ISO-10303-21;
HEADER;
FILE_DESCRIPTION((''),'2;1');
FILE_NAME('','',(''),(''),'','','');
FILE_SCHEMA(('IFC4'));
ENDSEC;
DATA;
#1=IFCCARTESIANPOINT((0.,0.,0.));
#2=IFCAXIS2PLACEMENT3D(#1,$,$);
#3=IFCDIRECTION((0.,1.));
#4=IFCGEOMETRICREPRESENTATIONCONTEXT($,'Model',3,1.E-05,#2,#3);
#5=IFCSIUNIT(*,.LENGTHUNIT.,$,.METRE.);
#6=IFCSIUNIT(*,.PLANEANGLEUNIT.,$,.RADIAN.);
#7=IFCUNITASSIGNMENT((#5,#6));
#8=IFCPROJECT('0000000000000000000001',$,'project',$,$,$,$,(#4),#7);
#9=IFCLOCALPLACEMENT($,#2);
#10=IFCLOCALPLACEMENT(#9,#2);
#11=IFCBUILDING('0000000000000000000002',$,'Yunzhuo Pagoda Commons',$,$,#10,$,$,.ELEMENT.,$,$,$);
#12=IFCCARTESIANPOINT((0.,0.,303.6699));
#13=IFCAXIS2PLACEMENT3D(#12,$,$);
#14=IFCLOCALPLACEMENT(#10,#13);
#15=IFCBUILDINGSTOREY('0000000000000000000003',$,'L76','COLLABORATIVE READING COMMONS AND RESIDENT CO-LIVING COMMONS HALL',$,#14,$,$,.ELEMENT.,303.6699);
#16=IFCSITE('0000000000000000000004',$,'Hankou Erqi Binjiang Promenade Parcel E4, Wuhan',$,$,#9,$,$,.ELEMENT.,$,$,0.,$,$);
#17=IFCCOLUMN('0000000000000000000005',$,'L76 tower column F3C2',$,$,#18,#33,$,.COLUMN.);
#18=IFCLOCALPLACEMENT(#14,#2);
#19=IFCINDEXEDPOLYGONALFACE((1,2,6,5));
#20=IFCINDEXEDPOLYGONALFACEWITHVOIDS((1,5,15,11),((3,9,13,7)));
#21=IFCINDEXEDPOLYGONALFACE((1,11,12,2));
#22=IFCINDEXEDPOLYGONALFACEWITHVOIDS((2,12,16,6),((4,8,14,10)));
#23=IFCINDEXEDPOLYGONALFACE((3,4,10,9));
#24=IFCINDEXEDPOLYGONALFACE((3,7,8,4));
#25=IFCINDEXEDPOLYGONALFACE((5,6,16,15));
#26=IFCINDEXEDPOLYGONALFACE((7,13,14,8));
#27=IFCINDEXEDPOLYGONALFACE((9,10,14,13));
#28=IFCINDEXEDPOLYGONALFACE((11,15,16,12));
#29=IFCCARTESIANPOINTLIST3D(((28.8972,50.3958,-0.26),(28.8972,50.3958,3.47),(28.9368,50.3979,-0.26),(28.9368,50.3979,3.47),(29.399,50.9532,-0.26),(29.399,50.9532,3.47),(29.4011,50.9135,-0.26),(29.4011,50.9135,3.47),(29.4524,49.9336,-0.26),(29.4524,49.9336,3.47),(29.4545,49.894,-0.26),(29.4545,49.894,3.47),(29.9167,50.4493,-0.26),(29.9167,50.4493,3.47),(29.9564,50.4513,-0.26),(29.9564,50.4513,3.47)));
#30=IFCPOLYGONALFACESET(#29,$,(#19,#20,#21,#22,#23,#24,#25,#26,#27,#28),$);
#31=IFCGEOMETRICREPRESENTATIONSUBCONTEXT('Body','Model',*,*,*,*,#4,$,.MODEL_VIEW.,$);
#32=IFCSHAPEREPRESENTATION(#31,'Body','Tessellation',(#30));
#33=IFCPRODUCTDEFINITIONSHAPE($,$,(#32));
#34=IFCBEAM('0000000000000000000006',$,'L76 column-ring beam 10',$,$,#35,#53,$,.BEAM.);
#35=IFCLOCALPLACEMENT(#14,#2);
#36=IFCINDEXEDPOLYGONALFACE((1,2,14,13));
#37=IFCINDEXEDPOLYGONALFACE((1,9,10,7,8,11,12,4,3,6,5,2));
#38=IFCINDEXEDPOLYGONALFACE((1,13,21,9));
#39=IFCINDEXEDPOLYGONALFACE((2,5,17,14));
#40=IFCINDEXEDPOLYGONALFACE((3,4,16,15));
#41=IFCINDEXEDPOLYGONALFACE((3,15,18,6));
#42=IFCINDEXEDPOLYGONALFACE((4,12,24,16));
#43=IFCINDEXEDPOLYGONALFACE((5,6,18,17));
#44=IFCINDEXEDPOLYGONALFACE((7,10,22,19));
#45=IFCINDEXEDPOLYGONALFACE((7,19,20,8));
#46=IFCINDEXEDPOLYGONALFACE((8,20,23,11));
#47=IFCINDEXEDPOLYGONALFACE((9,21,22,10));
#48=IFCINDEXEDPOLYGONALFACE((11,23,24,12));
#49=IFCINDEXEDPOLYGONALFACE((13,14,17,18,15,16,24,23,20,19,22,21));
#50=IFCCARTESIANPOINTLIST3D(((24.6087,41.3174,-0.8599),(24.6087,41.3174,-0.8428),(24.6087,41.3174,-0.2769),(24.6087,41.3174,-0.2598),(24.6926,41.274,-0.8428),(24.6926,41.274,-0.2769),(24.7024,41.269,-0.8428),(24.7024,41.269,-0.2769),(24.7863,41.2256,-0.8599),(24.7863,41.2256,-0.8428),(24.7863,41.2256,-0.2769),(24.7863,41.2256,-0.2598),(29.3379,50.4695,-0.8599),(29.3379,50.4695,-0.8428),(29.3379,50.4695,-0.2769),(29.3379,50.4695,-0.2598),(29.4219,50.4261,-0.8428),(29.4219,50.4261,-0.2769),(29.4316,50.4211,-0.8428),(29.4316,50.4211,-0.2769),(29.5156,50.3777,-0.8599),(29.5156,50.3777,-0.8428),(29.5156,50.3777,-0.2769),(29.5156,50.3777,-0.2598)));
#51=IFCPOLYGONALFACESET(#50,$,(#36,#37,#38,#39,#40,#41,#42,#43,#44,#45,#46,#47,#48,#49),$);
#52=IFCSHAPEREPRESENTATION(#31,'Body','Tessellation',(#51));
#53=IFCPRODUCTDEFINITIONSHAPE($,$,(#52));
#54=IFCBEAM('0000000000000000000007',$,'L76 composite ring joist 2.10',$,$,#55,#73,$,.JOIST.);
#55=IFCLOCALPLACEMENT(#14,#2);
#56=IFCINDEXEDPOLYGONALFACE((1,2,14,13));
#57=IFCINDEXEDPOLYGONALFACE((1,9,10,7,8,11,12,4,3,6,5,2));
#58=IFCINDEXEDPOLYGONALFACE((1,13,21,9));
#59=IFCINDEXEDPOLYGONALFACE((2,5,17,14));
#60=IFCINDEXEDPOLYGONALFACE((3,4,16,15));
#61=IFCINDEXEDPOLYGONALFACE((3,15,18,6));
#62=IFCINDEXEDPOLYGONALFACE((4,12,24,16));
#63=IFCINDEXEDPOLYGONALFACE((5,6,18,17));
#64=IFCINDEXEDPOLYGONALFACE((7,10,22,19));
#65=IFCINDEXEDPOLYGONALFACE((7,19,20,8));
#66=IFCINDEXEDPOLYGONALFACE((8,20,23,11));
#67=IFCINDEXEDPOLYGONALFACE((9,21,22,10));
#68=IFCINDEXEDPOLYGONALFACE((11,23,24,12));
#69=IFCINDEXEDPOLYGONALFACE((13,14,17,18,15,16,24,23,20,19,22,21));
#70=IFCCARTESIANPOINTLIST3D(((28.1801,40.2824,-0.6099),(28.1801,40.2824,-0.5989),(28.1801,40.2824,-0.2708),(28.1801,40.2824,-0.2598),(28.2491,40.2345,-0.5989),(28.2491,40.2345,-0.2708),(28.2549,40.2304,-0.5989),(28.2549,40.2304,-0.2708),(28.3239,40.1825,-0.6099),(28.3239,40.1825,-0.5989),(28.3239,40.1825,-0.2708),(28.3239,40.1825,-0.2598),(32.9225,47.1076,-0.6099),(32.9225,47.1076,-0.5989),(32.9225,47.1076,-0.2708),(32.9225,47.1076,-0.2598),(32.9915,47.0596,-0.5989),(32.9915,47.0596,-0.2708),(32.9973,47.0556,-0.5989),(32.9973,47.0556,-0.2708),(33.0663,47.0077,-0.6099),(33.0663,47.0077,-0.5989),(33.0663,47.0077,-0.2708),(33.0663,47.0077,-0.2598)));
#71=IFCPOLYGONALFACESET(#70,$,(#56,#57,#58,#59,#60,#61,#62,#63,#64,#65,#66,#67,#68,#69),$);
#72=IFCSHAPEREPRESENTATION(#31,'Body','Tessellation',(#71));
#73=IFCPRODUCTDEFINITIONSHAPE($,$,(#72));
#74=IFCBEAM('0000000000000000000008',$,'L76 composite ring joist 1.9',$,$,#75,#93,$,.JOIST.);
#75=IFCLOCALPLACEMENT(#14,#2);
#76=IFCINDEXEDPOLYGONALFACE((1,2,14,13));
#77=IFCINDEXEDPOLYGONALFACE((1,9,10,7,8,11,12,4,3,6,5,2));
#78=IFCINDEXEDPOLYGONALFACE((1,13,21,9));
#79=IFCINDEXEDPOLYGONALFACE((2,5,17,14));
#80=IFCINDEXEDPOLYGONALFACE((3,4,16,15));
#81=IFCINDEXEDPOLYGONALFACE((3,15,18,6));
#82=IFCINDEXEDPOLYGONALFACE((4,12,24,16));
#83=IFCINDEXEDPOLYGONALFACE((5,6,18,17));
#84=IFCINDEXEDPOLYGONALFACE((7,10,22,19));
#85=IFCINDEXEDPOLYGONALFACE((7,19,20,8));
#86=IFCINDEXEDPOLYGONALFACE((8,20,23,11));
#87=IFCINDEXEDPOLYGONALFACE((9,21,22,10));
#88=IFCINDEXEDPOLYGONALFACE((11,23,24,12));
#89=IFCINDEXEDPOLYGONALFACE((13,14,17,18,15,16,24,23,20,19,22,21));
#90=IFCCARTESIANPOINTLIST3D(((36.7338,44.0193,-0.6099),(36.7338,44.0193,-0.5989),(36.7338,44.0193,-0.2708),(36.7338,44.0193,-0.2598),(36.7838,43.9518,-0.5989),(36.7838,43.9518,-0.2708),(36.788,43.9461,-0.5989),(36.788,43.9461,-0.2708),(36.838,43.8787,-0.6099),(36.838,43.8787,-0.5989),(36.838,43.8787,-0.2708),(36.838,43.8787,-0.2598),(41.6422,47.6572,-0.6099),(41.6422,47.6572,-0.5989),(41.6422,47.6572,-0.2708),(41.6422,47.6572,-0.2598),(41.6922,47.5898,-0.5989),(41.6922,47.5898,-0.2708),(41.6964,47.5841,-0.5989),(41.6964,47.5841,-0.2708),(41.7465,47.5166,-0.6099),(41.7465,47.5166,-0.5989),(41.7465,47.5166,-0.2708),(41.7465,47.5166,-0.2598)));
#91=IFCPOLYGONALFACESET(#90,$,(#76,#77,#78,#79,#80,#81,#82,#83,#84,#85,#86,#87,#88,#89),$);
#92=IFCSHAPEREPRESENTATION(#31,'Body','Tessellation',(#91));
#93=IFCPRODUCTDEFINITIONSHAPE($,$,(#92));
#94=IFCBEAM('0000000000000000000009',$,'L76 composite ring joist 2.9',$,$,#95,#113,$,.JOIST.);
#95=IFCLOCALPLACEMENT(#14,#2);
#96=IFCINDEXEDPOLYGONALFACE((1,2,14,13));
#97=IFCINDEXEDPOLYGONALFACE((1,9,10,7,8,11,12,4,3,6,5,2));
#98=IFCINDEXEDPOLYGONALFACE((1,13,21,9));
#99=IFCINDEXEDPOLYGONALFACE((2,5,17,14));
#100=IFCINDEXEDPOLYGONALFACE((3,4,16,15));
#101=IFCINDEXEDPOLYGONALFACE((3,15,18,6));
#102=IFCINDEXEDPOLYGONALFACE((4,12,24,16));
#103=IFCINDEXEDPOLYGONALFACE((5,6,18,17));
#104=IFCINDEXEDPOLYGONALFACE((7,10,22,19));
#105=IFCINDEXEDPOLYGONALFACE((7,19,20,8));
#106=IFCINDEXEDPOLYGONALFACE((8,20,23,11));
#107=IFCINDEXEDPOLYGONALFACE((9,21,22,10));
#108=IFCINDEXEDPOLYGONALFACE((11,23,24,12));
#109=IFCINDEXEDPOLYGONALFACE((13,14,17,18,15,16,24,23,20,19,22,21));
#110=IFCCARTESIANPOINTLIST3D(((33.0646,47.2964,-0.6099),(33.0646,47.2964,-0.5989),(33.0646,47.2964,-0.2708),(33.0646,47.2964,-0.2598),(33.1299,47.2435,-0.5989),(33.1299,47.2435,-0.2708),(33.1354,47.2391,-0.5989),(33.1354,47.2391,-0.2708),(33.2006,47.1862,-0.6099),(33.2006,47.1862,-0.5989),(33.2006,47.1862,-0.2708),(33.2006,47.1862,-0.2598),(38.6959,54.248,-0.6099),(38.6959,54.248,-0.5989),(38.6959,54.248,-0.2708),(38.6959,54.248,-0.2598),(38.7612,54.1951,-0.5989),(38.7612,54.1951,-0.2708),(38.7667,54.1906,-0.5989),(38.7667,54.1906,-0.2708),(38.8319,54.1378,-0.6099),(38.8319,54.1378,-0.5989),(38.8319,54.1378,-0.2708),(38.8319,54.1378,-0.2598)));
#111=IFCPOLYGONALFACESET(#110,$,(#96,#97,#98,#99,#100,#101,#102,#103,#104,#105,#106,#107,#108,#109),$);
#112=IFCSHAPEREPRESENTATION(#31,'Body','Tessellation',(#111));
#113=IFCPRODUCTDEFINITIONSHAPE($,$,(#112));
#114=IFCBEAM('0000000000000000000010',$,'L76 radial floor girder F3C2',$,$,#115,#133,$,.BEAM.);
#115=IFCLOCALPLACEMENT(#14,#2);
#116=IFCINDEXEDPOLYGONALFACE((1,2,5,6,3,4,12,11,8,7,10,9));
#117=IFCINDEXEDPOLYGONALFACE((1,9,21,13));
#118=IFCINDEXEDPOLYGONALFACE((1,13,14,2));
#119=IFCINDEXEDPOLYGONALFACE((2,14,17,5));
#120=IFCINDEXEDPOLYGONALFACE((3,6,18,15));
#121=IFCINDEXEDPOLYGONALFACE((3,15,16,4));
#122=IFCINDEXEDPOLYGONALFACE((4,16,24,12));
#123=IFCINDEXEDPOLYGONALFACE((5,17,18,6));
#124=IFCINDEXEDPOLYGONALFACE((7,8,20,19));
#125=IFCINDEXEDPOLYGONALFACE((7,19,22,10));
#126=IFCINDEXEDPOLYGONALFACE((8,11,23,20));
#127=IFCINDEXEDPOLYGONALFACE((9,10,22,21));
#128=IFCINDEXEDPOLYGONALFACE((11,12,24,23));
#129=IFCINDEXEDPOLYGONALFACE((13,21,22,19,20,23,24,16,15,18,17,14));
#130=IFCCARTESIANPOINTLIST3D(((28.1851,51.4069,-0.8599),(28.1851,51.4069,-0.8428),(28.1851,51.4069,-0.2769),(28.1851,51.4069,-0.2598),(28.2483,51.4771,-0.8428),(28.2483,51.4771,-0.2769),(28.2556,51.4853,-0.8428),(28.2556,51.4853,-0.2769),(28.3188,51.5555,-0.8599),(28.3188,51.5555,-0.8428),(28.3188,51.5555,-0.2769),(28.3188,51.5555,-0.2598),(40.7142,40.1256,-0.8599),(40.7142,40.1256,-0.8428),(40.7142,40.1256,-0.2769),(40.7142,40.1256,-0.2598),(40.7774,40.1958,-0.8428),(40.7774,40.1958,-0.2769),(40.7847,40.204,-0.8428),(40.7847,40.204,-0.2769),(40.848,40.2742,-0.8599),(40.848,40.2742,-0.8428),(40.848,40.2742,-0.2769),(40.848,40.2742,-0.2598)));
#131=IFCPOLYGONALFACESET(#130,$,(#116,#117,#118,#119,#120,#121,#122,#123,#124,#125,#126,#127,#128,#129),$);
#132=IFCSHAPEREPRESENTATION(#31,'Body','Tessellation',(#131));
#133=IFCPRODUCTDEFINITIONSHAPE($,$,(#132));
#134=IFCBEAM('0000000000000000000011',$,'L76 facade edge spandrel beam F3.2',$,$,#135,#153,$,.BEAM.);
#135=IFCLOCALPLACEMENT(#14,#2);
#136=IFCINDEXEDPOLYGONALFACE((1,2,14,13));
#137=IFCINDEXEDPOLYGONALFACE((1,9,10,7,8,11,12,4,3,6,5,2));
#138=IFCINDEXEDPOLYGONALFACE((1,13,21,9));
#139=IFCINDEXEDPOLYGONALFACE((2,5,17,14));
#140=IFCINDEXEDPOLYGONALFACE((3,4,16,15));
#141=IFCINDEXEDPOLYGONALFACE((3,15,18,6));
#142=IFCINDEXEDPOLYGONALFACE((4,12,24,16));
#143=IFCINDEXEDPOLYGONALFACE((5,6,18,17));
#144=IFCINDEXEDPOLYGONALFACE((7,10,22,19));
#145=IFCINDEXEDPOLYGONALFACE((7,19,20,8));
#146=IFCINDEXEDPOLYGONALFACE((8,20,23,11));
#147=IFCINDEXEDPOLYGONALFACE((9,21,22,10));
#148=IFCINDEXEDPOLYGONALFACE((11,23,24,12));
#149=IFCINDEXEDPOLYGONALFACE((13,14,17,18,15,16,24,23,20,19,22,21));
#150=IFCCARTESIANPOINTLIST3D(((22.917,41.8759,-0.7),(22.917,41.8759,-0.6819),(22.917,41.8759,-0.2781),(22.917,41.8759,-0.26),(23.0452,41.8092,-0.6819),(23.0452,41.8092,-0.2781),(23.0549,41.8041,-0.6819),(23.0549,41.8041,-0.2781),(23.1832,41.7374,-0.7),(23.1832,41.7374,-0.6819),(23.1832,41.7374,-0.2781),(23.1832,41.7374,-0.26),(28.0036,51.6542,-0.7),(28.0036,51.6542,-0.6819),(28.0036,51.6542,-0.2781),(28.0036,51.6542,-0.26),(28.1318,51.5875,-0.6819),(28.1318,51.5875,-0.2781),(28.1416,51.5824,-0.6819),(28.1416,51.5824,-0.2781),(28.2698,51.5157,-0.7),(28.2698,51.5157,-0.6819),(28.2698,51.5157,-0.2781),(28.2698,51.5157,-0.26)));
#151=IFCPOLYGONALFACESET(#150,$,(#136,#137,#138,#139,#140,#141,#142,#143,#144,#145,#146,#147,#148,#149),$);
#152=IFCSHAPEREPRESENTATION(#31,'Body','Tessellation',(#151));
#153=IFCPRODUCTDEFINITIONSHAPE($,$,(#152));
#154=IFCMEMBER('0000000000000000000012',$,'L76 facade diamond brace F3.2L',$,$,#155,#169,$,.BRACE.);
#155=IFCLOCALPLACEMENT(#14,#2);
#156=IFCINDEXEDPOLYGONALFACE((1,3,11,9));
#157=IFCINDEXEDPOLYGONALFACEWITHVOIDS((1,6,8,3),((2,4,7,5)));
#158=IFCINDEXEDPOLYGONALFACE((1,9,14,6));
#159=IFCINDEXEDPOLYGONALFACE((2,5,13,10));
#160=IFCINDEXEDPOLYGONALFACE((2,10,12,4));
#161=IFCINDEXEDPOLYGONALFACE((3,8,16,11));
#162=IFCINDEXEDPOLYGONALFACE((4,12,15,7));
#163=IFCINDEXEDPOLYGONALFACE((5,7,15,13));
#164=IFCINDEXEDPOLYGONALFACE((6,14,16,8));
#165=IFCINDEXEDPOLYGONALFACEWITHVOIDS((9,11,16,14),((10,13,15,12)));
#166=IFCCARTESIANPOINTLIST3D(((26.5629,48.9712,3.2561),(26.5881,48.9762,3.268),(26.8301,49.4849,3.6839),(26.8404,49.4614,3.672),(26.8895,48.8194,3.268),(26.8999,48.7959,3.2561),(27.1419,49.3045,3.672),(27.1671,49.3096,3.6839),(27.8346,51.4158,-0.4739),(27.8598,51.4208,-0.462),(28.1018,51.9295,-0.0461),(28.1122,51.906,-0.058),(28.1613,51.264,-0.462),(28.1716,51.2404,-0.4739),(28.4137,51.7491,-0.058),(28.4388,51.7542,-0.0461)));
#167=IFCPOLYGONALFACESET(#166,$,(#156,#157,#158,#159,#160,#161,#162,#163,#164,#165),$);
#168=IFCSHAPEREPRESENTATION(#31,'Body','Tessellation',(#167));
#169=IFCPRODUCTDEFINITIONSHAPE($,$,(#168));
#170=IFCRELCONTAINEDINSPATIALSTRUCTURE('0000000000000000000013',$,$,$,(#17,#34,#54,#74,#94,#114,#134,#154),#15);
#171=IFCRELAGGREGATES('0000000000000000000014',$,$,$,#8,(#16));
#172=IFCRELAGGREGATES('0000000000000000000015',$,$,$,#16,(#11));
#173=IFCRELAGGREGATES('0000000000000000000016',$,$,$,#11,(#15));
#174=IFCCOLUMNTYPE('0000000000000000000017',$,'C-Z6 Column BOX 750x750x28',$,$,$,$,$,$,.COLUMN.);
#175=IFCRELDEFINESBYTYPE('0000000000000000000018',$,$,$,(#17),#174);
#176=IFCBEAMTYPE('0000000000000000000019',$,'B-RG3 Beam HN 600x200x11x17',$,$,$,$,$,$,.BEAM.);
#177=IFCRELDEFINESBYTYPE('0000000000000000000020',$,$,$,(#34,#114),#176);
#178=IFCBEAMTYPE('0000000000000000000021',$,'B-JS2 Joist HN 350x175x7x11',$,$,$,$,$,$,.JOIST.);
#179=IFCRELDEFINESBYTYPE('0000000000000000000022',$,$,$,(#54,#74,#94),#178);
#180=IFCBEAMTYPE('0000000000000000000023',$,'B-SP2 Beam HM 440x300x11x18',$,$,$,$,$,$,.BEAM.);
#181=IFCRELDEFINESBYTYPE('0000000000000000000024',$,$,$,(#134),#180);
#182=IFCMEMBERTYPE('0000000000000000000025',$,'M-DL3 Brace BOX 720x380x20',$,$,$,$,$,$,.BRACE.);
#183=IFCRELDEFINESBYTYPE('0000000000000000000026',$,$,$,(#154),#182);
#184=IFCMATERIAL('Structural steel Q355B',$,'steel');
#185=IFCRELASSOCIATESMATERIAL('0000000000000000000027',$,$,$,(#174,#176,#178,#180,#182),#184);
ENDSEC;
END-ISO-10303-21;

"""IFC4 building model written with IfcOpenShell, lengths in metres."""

from ifc_helpers import new_model, si_unit, direction, frame, origin, origin_2d, place, context, subcontext, project, spatial, hollow_rectangle, i_section, extrude, source, transform, mapped, material, material_profile, profile_set, type_object, element, save


model = new_model("IFC4")

# Units and contexts
model_context = context("Model", 3, precision=1e-05, world=origin(), true_north=direction((0.0, 1.0)))
body_context = subcontext(model_context, "Body", "Model", "MODEL_VIEW")
ifc_project = project(units=[si_unit("LENGTHUNIT", "METRE"), si_unit("PLANEANGLEUNIT", "RADIAN")], contexts=[model_context])

# Site, building, storey
site_placement = place(None, origin())
site = spatial("IfcSite", under=ifc_project, at=site_placement, Name="Hankou Erqi Binjiang Promenade Parcel E4, Wuhan", CompositionType="ELEMENT", RefElevation=0.0)
building_placement = place(site_placement, origin())
building = spatial("IfcBuilding", under=site, at=building_placement, Name="Yunzhuo Pagoda Commons", CompositionType="ELEMENT")
storey_placement = place(building_placement, frame((0.0, 0.0, 303.6699)))
storey = spatial("IfcBuildingStorey", under=building, at=storey_placement, Name="L76", Description="COLLABORATIVE READING COMMONS AND RESIDENT CO-LIVING COMMONS HALL", CompositionType="ELEMENT", Elevation=303.6699)

# Column
ifc_material_1 = material(Name="Structural steel Q355B", Category="steel")
ifc_material_profile_1 = material_profile(ifc_material_1, hollow_rectangle(XDim=0.75, YDim=0.75, WallThickness=0.0281, at=origin_2d()), Name="Structural steel Q355B")
ifc_profile_set_1 = profile_set([ifc_material_profile_1], Name="Structural steel Q355B")
column_type = type_object("IfcColumnType", Name="C-Z6 Column BOX 750x750x28", PredefinedType="COLUMN", material=ifc_profile_set_1)
shared_shape_1 = source(origin(), body_context, "Body", "SweptSolid", [
    extrude(hollow_rectangle(XDim=0.75, YDim=0.75, WallThickness=0.0281, at=origin_2d()), origin(), (0.0, 0.0, 1.0), 3.73),
])
column_placement = place(storey_placement, frame((29.4268, 50.4236, -0.26), z_axis=(0.0, 0.0, 1.0), x_axis=(-0.669131, -0.743145, 0.0)))
element("IfcColumn", 1, at=column_placement, inside=storey, type_object=column_type, Name="L76 tower column F3C2", PredefinedType="COLUMN", context=body_context, shape_type="MappedRepresentation", body=[
    mapped(shared_shape_1, transform((0.0, 0.0, 0.0), scale=1.0)),
])

# Beams
ifc_material_profile_2 = material_profile(ifc_material_1, i_section(OverallWidth=0.2, OverallDepth=0.6001, WebThickness=0.011, FlangeThickness=0.0171, at=origin_2d()), Name="Structural steel Q355B")
ifc_profile_set_2 = profile_set([ifc_material_profile_2], Name="Structural steel Q355B")
beam_type_1 = type_object("IfcBeamType", Name="B-RG3 Beam HN 600x200x11x17", PredefinedType="BEAM", material=ifc_profile_set_2)
shared_shape_2 = source(origin(), body_context, "Body", "SweptSolid", [
    extrude(i_section(OverallWidth=0.2, OverallDepth=0.6001, WebThickness=0.011, FlangeThickness=0.0171, at=origin_2d()), origin(), (0.0, 0.0, 1.0), 10.3018),
])
beam_1_placement = place(storey_placement, frame((29.4268, 50.4236, -0.5598), z_axis=(-0.459071, -0.8884, 0.0), x_axis=(0.8884, -0.459071, 0.0)))
element("IfcBeam", 2, at=beam_1_placement, inside=storey, type_object=beam_type_1, Name="L76 column-ring beam 10", PredefinedType="BEAM", context=body_context, shape_type="MappedRepresentation", body=[
    mapped(shared_shape_2, transform((0.0, 0.0, 0.0), scale=1.0)),
])
ifc_material_profile_3 = material_profile(ifc_material_1, i_section(OverallWidth=0.175, OverallDepth=0.3501, WebThickness=0.0071, FlangeThickness=0.011, at=origin_2d()), Name="Structural steel Q355B")
ifc_profile_set_3 = profile_set([ifc_material_profile_3], Name="Structural steel Q355B")
beam_type_2 = type_object("IfcBeamType", Name="B-JS2 Joist HN 350x175x7x11", PredefinedType="JOIST", material=ifc_profile_set_3)
shared_shape_3 = source(origin(), body_context, "Body", "SweptSolid", [
    extrude(i_section(OverallWidth=0.175, OverallDepth=0.3501, WebThickness=0.0071, FlangeThickness=0.011, at=origin_2d()), origin(), (0.0, 0.0, 1.0), 8.311),
])
beam_2_placement = place(storey_placement, frame((32.9944, 47.0576, -0.4348), z_axis=(-0.570616, -0.821217, 0.0), x_axis=(0.821217, -0.570616, 0.0)))
element("IfcBeam", 3, at=beam_2_placement, inside=storey, type_object=beam_type_2, Name="L76 composite ring joist 2.10", PredefinedType="JOIST", context=body_context, shape_type="MappedRepresentation", body=[
    mapped(shared_shape_3, transform((0.0, 0.0, 0.0), scale=1.0)),
])
shared_shape_4 = source(origin(), body_context, "Body", "SweptSolid", [
    extrude(i_section(OverallWidth=0.175, OverallDepth=0.3501, WebThickness=0.0071, FlangeThickness=0.011, at=origin_2d()), origin(), (0.0, 0.0, 1.0), 6.1096),
])
beam_3_placement = place(storey_placement, frame((41.6943, 47.5869, -0.4348), z_axis=(-0.803396, -0.595444, 0.0), x_axis=(0.595444, -0.803396, 0.0)))
element("IfcBeam", 4, at=beam_3_placement, inside=storey, type_object=beam_type_2, Name="L76 composite ring joist 1.9", PredefinedType="JOIST", context=body_context, shape_type="MappedRepresentation", body=[
    mapped(shared_shape_4, transform((0.0, 0.0, 0.0), scale=1.0)),
])
shared_shape_5 = source(origin(), body_context, "Body", "SweptSolid", [
    extrude(i_section(OverallWidth=0.175, OverallDepth=0.3501, WebThickness=0.0071, FlangeThickness=0.011, at=origin_2d()), origin(), (0.0, 0.0, 1.0), 8.9463),
])
beam_4_placement = place(storey_placement, frame((38.7639, 54.1929, -0.4348), z_axis=(-0.629456, -0.777036, 0.0), x_axis=(0.777036, -0.629456, 0.0)))
element("IfcBeam", 5, at=beam_4_placement, inside=storey, type_object=beam_type_2, Name="L76 composite ring joist 2.9", PredefinedType="JOIST", context=body_context, shape_type="MappedRepresentation", body=[
    mapped(shared_shape_5, transform((0.0, 0.0, 0.0), scale=1.0)),
])
shared_shape_6 = source(origin(), body_context, "Body", "SweptSolid", [
    extrude(i_section(OverallWidth=0.2, OverallDepth=0.6001, WebThickness=0.011, FlangeThickness=0.0171, at=origin_2d()), origin(), (0.0, 0.0, 1.0), 16.8596),
])
beam_5_placement = place(storey_placement, frame((28.252, 51.4812, -0.5598), z_axis=(0.743144, -0.669132, 0.0), x_axis=(0.669132, 0.743144, 0.0)))
element("IfcBeam", 6, at=beam_5_placement, inside=storey, type_object=beam_type_1, Name="L76 radial floor girder F3C2", PredefinedType="BEAM", context=body_context, shape_type="MappedRepresentation", body=[
    mapped(shared_shape_6, transform((0.0, 0.0, 0.0), scale=1.0)),
])
ifc_material_profile_4 = material_profile(ifc_material_1, i_section(OverallWidth=0.3, OverallDepth=0.4399, WebThickness=0.011, FlangeThickness=0.0181, at=origin_2d()), Name="Structural steel Q355B")
ifc_profile_set_4 = profile_set([ifc_material_profile_4], Name="Structural steel Q355B")
beam_type_3 = type_object("IfcBeamType", Name="B-SP2 Beam HM 440x300x11x18", PredefinedType="BEAM", material=ifc_profile_set_4)
shared_shape_7 = source(origin(), body_context, "Body", "SweptSolid", [
    extrude(i_section(OverallWidth=0.3, OverallDepth=0.4399, WebThickness=0.011, FlangeThickness=0.0181, at=origin_2d()), origin(), (0.0, 0.0, 1.0), 11.0222),
])
beam_6_placement = place(storey_placement, frame((28.1367, 51.585, -0.48), z_axis=(-0.461492, -0.887145, 0.0), x_axis=(0.887145, -0.461492, 0.0)))
element("IfcBeam", 7, at=beam_6_placement, inside=storey, type_object=beam_type_3, Name="L76 facade edge spandrel beam F3.2", PredefinedType="BEAM", context=body_context, shape_type="MappedRepresentation", body=[
    mapped(shared_shape_7, transform((0.0, 0.0, 0.0), scale=1.0)),
])

# Member
ifc_material_profile_5 = material_profile(ifc_material_1, hollow_rectangle(XDim=0.3799, YDim=0.72, WallThickness=0.02, at=origin_2d()), Name="Structural steel Q355B")
ifc_profile_set_5 = profile_set([ifc_material_profile_5], Name="Structural steel Q355B")
member_type_1 = type_object("IfcMemberType", Name="M-DL3 Brace BOX 720x380x20", PredefinedType="BRACE", material=ifc_profile_set_5)
shared_shape_8 = source(origin(), body_context, "Body", "SweptSolid", [
    extrude(hollow_rectangle(XDim=0.3799, YDim=0.72, WallThickness=0.02, at=origin_2d()), origin(), (0.0, 0.0, 1.0), 4.6375),
])
member_1_placement = place(storey_placement, frame((28.1367, 51.585, -0.26), z_axis=(-0.27423, -0.527138, 0.804316), x_axis=(0.887136, -0.461509, 0.0)))
element("IfcMember", 8, at=member_1_placement, inside=storey, type_object=member_type_1, Name="L76 facade diamond brace F3.2L", PredefinedType="BRACE", context=body_context, shape_type="MappedRepresentation", body=[
    mapped(shared_shape_8, transform((0.0, 0.0, 0.0), scale=1.0)),
])

save(model, "model.ifc")
